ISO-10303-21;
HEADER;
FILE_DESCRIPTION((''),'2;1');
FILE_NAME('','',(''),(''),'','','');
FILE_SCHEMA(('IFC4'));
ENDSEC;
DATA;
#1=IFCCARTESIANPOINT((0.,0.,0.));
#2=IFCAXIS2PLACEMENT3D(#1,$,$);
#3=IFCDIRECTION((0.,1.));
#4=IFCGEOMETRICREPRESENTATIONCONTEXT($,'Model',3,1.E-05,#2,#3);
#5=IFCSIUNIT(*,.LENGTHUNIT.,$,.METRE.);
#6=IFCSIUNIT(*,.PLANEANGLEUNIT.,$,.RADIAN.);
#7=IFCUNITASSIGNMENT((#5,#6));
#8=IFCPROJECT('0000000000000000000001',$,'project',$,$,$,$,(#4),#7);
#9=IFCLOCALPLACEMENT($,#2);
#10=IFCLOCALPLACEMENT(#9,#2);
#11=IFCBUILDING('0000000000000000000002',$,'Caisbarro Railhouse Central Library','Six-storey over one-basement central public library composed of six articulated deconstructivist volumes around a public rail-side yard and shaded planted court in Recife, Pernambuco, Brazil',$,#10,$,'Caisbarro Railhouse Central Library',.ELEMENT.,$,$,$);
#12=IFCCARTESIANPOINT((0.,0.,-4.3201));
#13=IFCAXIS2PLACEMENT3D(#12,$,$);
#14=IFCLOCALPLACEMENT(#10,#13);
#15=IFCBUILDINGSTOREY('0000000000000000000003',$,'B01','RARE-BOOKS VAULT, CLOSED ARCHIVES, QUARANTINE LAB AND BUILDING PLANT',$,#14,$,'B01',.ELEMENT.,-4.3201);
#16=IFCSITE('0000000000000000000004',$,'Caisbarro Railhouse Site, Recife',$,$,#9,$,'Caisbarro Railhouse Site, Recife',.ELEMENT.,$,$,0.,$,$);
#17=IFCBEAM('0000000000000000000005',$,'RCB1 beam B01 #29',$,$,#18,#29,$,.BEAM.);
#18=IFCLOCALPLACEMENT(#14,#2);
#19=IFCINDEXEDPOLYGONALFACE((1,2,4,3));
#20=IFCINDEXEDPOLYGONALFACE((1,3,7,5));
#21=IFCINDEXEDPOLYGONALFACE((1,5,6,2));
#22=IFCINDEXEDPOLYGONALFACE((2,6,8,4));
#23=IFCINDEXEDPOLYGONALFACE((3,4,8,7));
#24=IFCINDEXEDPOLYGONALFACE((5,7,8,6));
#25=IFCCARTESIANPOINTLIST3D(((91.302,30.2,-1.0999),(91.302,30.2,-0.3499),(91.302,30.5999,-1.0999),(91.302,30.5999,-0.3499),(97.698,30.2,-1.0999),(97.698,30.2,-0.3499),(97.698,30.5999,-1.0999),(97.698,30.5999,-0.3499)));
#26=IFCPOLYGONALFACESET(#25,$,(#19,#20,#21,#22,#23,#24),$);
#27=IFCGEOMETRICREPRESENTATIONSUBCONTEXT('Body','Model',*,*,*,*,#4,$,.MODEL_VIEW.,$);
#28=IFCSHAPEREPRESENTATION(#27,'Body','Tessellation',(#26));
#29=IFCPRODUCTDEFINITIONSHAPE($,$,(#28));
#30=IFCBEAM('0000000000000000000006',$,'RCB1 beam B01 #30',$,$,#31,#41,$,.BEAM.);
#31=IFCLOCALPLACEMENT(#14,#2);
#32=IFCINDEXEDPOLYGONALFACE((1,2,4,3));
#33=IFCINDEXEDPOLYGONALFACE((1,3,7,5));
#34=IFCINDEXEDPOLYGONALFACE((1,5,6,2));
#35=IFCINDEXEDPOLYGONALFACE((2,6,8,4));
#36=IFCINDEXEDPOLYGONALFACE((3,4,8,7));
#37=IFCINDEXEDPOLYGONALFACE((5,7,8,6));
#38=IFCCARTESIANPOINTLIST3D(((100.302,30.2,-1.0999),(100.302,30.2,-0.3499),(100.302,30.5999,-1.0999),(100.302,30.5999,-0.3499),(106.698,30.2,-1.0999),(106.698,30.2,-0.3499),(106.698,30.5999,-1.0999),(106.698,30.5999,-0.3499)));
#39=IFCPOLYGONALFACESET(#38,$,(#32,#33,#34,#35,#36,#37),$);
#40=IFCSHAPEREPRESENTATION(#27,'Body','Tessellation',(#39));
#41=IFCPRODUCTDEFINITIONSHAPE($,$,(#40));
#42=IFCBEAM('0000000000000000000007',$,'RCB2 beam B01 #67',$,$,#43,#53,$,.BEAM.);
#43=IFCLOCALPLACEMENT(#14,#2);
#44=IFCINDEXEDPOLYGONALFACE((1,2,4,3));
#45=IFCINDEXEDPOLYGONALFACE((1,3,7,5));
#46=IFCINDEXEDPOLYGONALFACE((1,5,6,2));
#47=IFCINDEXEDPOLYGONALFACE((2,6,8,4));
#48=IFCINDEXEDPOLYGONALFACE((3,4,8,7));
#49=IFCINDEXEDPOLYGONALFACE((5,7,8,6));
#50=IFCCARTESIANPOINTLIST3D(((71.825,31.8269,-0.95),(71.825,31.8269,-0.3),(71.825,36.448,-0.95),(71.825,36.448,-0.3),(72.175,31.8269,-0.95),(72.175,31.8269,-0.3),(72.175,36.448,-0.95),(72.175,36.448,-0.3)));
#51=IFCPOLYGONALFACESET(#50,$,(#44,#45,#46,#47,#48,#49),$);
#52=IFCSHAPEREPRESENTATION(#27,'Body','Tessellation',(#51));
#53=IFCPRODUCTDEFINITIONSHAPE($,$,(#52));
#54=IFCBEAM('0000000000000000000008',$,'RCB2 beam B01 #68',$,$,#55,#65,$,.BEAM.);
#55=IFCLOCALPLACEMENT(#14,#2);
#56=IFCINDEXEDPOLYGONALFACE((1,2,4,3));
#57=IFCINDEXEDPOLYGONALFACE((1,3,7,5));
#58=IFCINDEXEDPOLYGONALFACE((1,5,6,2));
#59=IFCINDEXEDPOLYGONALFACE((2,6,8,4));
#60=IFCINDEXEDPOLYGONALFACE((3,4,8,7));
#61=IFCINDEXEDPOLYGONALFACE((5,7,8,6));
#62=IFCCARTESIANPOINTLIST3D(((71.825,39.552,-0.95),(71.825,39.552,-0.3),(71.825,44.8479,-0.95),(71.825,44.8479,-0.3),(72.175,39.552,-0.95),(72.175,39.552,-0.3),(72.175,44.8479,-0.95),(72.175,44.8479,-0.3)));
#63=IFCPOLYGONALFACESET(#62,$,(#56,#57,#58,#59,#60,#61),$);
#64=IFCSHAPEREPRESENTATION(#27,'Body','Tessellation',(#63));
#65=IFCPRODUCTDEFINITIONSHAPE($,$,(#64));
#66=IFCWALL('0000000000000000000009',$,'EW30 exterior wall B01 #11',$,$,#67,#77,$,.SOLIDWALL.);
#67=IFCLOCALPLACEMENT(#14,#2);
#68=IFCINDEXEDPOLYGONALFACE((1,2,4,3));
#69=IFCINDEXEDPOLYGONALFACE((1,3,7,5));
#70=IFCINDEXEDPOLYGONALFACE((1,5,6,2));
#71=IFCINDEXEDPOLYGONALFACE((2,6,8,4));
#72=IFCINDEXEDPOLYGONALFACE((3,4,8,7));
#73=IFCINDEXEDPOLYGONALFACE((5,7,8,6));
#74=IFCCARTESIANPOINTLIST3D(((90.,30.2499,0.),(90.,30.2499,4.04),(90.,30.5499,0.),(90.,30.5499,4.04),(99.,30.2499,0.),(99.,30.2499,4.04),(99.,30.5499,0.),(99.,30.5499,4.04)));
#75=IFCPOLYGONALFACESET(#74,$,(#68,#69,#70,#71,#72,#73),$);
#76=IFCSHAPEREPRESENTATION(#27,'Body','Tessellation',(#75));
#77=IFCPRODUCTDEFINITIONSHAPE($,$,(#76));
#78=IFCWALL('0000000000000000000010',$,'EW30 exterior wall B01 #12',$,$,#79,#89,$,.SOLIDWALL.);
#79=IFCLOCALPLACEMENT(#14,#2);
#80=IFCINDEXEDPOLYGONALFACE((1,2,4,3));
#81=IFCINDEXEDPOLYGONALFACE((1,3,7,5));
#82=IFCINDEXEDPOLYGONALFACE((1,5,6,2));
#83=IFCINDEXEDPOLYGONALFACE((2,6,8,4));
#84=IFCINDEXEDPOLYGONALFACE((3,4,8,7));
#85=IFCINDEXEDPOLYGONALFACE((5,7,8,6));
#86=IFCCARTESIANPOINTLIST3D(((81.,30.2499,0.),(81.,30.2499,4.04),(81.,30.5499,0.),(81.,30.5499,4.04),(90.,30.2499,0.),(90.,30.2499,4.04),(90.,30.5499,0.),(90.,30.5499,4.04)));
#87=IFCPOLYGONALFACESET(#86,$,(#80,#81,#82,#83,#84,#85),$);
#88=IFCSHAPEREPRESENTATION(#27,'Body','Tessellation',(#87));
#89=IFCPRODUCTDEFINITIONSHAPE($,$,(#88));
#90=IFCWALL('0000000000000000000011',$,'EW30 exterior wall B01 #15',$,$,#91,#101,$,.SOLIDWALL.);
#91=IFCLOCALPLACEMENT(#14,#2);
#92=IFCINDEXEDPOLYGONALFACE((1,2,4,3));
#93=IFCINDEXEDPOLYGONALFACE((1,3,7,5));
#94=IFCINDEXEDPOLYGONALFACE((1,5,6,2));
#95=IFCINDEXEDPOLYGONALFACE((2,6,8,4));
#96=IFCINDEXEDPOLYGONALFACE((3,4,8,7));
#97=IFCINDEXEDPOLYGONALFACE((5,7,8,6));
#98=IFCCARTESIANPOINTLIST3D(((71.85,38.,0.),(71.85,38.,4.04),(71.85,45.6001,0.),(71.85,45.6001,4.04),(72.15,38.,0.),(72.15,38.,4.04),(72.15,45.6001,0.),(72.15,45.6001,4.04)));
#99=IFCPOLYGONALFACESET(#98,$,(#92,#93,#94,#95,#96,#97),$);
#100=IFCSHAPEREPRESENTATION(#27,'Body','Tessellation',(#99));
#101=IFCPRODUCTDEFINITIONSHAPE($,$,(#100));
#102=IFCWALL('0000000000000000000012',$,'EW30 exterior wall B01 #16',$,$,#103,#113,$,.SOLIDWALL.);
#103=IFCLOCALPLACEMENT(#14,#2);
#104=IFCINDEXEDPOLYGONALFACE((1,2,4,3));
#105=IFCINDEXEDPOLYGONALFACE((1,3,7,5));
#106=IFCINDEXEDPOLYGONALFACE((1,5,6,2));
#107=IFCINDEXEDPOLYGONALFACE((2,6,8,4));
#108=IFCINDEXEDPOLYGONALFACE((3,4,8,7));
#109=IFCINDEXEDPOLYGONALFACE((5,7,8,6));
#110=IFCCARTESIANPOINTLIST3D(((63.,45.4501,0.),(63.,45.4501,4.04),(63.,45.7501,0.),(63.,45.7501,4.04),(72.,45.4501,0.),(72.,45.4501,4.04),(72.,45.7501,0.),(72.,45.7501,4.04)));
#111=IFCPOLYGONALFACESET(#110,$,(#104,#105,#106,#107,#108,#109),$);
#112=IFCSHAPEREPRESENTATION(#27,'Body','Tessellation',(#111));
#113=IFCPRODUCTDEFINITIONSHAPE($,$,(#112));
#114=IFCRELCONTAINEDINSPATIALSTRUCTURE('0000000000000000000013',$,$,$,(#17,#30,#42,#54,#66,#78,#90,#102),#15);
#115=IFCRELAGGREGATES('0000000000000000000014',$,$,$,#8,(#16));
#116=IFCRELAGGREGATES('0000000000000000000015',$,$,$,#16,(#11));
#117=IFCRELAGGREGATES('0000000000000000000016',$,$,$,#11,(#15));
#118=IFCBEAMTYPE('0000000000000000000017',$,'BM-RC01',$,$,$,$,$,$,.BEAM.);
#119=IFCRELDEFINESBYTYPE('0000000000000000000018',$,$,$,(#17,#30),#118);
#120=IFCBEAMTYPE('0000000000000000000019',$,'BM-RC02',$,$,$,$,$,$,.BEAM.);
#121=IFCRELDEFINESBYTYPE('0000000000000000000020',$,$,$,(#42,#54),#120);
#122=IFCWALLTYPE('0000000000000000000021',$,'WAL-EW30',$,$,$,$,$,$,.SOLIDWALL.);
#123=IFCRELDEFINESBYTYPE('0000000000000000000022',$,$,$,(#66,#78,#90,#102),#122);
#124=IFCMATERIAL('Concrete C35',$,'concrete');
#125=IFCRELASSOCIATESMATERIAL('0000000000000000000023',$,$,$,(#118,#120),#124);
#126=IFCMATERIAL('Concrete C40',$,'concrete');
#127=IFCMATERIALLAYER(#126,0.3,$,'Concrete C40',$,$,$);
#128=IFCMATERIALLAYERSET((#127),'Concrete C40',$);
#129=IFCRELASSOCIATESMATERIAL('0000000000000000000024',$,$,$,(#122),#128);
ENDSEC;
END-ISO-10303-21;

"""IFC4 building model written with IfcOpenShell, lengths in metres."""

from ifc_helpers import new_model, si_unit, direction, frame, frame_2d, origin, origin_2d, place, context, subcontext, project, spatial, rectangle, extrude, material, layer, layer_set, material_profile, profile_set, type_object, element, save


model = new_model("IFC4")

# Units and contexts
model_context = context("Model", 3, precision=1e-05, world=origin(), true_north=direction((0.0, 1.0)))
body_context = subcontext(model_context, "Body", "Model", "MODEL_VIEW")
ifc_project = project(units=[si_unit("LENGTHUNIT", "METRE"), si_unit("PLANEANGLEUNIT", "RADIAN")], contexts=[model_context])

# Site, building, storey
site_placement = place(None, origin())
site = spatial("IfcSite", under=ifc_project, at=site_placement, Name="Caisbarro Railhouse Site, Recife", LongName="Caisbarro Railhouse Site, Recife", CompositionType="ELEMENT", RefElevation=0.0)
building_placement = place(site_placement, origin())
building = spatial("IfcBuilding", under=site, at=building_placement, Name="Caisbarro Railhouse Central Library", Description="Six-storey over one-basement central public library composed of six articulated deconstructivist volumes around a public rail-side yard and shaded planted court in Recife, Pernambuco, Brazil", LongName="Caisbarro Railhouse Central Library", CompositionType="ELEMENT")
storey_placement = place(building_placement, frame((0.0, 0.0, -4.3201)))
storey = spatial("IfcBuildingStorey", under=building, at=storey_placement, Name="B01", Description="RARE-BOOKS VAULT, CLOSED ARCHIVES, QUARANTINE LAB AND BUILDING PLANT", LongName="B01", CompositionType="ELEMENT", Elevation=-4.3201)

# Shared definitions
ifc_material_1 = material(Name="Concrete C40", Category="concrete")

# Shared definitions
ifc_material_2 = material(Name="Concrete C35", Category="concrete")

# Beams
ifc_material_profile_1 = material_profile(ifc_material_2, rectangle(XDim=0.3999, YDim=0.75, at=origin_2d()), Name="RC-BM-400X750")
ifc_profile_set_1 = profile_set([ifc_material_profile_1], Name="Concrete C35")
beam_type_1 = type_object("IfcBeamType", Name="BM-RC01", PredefinedType="BEAM", material=ifc_profile_set_1)
for number, where, z_axis, x_axis, name in (
    (1, (91.302, 30.3999, -0.7249), (1.0, 0.0, 0.0), (0.0, 1.0, 0.0), "RCB1 beam B01 #29"),
    (2, (100.302, 30.3999, -0.7249), (1.0, 0.0, 0.0), (0.0, 1.0, 0.0), "RCB1 beam B01 #30"),
):
    element("IfcBeam", number, at=place(storey_placement, frame(where, z_axis=z_axis, x_axis=x_axis)), inside=storey, type_object=beam_type_1, Name=name, PredefinedType="BEAM", context=body_context, shape_type="SweptSolid", body=[
        extrude(rectangle(XDim=0.3999, YDim=0.75, at=origin_2d()), origin(), (0.0, 0.0, 1.0), 6.396),
    ])
ifc_material_profile_2 = material_profile(ifc_material_2, rectangle(XDim=0.3501, YDim=0.6499, at=origin_2d()), Name="RC-BM-350X650")
ifc_profile_set_2 = profile_set([ifc_material_profile_2], Name="Concrete C35")
beam_type_2 = type_object("IfcBeamType", Name="BM-RC02", PredefinedType="BEAM", material=ifc_profile_set_2)
beam_1_placement = place(storey_placement, frame((72.0, 31.8269, -0.625), z_axis=(0.0, 1.0, 0.0), x_axis=(-1.0, 0.0, 0.0)))
element("IfcBeam", 3, at=beam_1_placement, inside=storey, type_object=beam_type_2, Name="RCB2 beam B01 #67", PredefinedType="BEAM", context=body_context, shape_type="SweptSolid", body=[
    extrude(rectangle(XDim=0.3501, YDim=0.6499, at=origin_2d()), origin(), (0.0, 0.0, 1.0), 4.6211),
])
beam_2_placement = place(storey_placement, frame((72.0, 39.552, -0.625), z_axis=(0.0, 1.0, 0.0), x_axis=(-1.0, 0.0, 0.0)))
element("IfcBeam", 4, at=beam_2_placement, inside=storey, type_object=beam_type_2, Name="RCB2 beam B01 #68", PredefinedType="BEAM", context=body_context, shape_type="SweptSolid", body=[
    extrude(rectangle(XDim=0.3501, YDim=0.6499, at=origin_2d()), origin(), (0.0, 0.0, 1.0), 5.2959),
])

# Walls
ifc_layer_1 = layer(ifc_material_1, 0.3, Name="Concrete C40")
ifc_layer_set_1 = layer_set([ifc_layer_1], Name="Concrete C40")
wall_type = type_object("IfcWallType", Name="WAL-EW30", PredefinedType="SOLIDWALL", material=ifc_layer_set_1)
for number, where, z_axis, x_axis, name in (
    (5, (99.0, 30.3999, 0.0), (0.0, 0.0, 1.0), (-1.0, 0.0, 0.0), "EW30 exterior wall B01 #11"),
    (6, (90.0, 30.3999, 0.0), (0.0, 0.0, 1.0), (-1.0, 0.0, 0.0), "EW30 exterior wall B01 #12"),
):
    element("IfcWall", number, at=place(storey_placement, frame(where, z_axis=z_axis, x_axis=x_axis)), inside=storey, type_object=wall_type, Name=name, PredefinedType="SOLIDWALL", context=body_context, shape_type="SweptSolid", body=[
        extrude(rectangle(XDim=9.0, YDim=0.3, at=frame_2d((4.5, 0.0))), origin(), (0.0, 0.0, 1.0), 4.04),
    ])
wall_1_placement = place(storey_placement, frame((72.0, 38.0, 0.0), z_axis=(0.0, 0.0, 1.0), x_axis=(0.0, 1.0, 0.0)))
element("IfcWall", 7, at=wall_1_placement, inside=storey, type_object=wall_type, Name="EW30 exterior wall B01 #15", PredefinedType="SOLIDWALL", context=body_context, shape_type="SweptSolid", body=[
    extrude(rectangle(XDim=7.6001, YDim=0.3, at=frame_2d((3.8, 0.0))), origin(), (0.0, 0.0, 1.0), 4.04),
])
wall_2_placement = place(storey_placement, frame((72.0, 45.6001, 0.0), z_axis=(0.0, 0.0, 1.0), x_axis=(-1.0, 0.0, 0.0)))
element("IfcWall", 8, at=wall_2_placement, inside=storey, type_object=wall_type, Name="EW30 exterior wall B01 #16", PredefinedType="SOLIDWALL", context=body_context, shape_type="SweptSolid", body=[
    extrude(rectangle(XDim=9.0, YDim=0.3, at=frame_2d((4.5, 0.0))), origin(), (0.0, 0.0, 1.0), 4.04),
])

save(model, "model.ifc")
